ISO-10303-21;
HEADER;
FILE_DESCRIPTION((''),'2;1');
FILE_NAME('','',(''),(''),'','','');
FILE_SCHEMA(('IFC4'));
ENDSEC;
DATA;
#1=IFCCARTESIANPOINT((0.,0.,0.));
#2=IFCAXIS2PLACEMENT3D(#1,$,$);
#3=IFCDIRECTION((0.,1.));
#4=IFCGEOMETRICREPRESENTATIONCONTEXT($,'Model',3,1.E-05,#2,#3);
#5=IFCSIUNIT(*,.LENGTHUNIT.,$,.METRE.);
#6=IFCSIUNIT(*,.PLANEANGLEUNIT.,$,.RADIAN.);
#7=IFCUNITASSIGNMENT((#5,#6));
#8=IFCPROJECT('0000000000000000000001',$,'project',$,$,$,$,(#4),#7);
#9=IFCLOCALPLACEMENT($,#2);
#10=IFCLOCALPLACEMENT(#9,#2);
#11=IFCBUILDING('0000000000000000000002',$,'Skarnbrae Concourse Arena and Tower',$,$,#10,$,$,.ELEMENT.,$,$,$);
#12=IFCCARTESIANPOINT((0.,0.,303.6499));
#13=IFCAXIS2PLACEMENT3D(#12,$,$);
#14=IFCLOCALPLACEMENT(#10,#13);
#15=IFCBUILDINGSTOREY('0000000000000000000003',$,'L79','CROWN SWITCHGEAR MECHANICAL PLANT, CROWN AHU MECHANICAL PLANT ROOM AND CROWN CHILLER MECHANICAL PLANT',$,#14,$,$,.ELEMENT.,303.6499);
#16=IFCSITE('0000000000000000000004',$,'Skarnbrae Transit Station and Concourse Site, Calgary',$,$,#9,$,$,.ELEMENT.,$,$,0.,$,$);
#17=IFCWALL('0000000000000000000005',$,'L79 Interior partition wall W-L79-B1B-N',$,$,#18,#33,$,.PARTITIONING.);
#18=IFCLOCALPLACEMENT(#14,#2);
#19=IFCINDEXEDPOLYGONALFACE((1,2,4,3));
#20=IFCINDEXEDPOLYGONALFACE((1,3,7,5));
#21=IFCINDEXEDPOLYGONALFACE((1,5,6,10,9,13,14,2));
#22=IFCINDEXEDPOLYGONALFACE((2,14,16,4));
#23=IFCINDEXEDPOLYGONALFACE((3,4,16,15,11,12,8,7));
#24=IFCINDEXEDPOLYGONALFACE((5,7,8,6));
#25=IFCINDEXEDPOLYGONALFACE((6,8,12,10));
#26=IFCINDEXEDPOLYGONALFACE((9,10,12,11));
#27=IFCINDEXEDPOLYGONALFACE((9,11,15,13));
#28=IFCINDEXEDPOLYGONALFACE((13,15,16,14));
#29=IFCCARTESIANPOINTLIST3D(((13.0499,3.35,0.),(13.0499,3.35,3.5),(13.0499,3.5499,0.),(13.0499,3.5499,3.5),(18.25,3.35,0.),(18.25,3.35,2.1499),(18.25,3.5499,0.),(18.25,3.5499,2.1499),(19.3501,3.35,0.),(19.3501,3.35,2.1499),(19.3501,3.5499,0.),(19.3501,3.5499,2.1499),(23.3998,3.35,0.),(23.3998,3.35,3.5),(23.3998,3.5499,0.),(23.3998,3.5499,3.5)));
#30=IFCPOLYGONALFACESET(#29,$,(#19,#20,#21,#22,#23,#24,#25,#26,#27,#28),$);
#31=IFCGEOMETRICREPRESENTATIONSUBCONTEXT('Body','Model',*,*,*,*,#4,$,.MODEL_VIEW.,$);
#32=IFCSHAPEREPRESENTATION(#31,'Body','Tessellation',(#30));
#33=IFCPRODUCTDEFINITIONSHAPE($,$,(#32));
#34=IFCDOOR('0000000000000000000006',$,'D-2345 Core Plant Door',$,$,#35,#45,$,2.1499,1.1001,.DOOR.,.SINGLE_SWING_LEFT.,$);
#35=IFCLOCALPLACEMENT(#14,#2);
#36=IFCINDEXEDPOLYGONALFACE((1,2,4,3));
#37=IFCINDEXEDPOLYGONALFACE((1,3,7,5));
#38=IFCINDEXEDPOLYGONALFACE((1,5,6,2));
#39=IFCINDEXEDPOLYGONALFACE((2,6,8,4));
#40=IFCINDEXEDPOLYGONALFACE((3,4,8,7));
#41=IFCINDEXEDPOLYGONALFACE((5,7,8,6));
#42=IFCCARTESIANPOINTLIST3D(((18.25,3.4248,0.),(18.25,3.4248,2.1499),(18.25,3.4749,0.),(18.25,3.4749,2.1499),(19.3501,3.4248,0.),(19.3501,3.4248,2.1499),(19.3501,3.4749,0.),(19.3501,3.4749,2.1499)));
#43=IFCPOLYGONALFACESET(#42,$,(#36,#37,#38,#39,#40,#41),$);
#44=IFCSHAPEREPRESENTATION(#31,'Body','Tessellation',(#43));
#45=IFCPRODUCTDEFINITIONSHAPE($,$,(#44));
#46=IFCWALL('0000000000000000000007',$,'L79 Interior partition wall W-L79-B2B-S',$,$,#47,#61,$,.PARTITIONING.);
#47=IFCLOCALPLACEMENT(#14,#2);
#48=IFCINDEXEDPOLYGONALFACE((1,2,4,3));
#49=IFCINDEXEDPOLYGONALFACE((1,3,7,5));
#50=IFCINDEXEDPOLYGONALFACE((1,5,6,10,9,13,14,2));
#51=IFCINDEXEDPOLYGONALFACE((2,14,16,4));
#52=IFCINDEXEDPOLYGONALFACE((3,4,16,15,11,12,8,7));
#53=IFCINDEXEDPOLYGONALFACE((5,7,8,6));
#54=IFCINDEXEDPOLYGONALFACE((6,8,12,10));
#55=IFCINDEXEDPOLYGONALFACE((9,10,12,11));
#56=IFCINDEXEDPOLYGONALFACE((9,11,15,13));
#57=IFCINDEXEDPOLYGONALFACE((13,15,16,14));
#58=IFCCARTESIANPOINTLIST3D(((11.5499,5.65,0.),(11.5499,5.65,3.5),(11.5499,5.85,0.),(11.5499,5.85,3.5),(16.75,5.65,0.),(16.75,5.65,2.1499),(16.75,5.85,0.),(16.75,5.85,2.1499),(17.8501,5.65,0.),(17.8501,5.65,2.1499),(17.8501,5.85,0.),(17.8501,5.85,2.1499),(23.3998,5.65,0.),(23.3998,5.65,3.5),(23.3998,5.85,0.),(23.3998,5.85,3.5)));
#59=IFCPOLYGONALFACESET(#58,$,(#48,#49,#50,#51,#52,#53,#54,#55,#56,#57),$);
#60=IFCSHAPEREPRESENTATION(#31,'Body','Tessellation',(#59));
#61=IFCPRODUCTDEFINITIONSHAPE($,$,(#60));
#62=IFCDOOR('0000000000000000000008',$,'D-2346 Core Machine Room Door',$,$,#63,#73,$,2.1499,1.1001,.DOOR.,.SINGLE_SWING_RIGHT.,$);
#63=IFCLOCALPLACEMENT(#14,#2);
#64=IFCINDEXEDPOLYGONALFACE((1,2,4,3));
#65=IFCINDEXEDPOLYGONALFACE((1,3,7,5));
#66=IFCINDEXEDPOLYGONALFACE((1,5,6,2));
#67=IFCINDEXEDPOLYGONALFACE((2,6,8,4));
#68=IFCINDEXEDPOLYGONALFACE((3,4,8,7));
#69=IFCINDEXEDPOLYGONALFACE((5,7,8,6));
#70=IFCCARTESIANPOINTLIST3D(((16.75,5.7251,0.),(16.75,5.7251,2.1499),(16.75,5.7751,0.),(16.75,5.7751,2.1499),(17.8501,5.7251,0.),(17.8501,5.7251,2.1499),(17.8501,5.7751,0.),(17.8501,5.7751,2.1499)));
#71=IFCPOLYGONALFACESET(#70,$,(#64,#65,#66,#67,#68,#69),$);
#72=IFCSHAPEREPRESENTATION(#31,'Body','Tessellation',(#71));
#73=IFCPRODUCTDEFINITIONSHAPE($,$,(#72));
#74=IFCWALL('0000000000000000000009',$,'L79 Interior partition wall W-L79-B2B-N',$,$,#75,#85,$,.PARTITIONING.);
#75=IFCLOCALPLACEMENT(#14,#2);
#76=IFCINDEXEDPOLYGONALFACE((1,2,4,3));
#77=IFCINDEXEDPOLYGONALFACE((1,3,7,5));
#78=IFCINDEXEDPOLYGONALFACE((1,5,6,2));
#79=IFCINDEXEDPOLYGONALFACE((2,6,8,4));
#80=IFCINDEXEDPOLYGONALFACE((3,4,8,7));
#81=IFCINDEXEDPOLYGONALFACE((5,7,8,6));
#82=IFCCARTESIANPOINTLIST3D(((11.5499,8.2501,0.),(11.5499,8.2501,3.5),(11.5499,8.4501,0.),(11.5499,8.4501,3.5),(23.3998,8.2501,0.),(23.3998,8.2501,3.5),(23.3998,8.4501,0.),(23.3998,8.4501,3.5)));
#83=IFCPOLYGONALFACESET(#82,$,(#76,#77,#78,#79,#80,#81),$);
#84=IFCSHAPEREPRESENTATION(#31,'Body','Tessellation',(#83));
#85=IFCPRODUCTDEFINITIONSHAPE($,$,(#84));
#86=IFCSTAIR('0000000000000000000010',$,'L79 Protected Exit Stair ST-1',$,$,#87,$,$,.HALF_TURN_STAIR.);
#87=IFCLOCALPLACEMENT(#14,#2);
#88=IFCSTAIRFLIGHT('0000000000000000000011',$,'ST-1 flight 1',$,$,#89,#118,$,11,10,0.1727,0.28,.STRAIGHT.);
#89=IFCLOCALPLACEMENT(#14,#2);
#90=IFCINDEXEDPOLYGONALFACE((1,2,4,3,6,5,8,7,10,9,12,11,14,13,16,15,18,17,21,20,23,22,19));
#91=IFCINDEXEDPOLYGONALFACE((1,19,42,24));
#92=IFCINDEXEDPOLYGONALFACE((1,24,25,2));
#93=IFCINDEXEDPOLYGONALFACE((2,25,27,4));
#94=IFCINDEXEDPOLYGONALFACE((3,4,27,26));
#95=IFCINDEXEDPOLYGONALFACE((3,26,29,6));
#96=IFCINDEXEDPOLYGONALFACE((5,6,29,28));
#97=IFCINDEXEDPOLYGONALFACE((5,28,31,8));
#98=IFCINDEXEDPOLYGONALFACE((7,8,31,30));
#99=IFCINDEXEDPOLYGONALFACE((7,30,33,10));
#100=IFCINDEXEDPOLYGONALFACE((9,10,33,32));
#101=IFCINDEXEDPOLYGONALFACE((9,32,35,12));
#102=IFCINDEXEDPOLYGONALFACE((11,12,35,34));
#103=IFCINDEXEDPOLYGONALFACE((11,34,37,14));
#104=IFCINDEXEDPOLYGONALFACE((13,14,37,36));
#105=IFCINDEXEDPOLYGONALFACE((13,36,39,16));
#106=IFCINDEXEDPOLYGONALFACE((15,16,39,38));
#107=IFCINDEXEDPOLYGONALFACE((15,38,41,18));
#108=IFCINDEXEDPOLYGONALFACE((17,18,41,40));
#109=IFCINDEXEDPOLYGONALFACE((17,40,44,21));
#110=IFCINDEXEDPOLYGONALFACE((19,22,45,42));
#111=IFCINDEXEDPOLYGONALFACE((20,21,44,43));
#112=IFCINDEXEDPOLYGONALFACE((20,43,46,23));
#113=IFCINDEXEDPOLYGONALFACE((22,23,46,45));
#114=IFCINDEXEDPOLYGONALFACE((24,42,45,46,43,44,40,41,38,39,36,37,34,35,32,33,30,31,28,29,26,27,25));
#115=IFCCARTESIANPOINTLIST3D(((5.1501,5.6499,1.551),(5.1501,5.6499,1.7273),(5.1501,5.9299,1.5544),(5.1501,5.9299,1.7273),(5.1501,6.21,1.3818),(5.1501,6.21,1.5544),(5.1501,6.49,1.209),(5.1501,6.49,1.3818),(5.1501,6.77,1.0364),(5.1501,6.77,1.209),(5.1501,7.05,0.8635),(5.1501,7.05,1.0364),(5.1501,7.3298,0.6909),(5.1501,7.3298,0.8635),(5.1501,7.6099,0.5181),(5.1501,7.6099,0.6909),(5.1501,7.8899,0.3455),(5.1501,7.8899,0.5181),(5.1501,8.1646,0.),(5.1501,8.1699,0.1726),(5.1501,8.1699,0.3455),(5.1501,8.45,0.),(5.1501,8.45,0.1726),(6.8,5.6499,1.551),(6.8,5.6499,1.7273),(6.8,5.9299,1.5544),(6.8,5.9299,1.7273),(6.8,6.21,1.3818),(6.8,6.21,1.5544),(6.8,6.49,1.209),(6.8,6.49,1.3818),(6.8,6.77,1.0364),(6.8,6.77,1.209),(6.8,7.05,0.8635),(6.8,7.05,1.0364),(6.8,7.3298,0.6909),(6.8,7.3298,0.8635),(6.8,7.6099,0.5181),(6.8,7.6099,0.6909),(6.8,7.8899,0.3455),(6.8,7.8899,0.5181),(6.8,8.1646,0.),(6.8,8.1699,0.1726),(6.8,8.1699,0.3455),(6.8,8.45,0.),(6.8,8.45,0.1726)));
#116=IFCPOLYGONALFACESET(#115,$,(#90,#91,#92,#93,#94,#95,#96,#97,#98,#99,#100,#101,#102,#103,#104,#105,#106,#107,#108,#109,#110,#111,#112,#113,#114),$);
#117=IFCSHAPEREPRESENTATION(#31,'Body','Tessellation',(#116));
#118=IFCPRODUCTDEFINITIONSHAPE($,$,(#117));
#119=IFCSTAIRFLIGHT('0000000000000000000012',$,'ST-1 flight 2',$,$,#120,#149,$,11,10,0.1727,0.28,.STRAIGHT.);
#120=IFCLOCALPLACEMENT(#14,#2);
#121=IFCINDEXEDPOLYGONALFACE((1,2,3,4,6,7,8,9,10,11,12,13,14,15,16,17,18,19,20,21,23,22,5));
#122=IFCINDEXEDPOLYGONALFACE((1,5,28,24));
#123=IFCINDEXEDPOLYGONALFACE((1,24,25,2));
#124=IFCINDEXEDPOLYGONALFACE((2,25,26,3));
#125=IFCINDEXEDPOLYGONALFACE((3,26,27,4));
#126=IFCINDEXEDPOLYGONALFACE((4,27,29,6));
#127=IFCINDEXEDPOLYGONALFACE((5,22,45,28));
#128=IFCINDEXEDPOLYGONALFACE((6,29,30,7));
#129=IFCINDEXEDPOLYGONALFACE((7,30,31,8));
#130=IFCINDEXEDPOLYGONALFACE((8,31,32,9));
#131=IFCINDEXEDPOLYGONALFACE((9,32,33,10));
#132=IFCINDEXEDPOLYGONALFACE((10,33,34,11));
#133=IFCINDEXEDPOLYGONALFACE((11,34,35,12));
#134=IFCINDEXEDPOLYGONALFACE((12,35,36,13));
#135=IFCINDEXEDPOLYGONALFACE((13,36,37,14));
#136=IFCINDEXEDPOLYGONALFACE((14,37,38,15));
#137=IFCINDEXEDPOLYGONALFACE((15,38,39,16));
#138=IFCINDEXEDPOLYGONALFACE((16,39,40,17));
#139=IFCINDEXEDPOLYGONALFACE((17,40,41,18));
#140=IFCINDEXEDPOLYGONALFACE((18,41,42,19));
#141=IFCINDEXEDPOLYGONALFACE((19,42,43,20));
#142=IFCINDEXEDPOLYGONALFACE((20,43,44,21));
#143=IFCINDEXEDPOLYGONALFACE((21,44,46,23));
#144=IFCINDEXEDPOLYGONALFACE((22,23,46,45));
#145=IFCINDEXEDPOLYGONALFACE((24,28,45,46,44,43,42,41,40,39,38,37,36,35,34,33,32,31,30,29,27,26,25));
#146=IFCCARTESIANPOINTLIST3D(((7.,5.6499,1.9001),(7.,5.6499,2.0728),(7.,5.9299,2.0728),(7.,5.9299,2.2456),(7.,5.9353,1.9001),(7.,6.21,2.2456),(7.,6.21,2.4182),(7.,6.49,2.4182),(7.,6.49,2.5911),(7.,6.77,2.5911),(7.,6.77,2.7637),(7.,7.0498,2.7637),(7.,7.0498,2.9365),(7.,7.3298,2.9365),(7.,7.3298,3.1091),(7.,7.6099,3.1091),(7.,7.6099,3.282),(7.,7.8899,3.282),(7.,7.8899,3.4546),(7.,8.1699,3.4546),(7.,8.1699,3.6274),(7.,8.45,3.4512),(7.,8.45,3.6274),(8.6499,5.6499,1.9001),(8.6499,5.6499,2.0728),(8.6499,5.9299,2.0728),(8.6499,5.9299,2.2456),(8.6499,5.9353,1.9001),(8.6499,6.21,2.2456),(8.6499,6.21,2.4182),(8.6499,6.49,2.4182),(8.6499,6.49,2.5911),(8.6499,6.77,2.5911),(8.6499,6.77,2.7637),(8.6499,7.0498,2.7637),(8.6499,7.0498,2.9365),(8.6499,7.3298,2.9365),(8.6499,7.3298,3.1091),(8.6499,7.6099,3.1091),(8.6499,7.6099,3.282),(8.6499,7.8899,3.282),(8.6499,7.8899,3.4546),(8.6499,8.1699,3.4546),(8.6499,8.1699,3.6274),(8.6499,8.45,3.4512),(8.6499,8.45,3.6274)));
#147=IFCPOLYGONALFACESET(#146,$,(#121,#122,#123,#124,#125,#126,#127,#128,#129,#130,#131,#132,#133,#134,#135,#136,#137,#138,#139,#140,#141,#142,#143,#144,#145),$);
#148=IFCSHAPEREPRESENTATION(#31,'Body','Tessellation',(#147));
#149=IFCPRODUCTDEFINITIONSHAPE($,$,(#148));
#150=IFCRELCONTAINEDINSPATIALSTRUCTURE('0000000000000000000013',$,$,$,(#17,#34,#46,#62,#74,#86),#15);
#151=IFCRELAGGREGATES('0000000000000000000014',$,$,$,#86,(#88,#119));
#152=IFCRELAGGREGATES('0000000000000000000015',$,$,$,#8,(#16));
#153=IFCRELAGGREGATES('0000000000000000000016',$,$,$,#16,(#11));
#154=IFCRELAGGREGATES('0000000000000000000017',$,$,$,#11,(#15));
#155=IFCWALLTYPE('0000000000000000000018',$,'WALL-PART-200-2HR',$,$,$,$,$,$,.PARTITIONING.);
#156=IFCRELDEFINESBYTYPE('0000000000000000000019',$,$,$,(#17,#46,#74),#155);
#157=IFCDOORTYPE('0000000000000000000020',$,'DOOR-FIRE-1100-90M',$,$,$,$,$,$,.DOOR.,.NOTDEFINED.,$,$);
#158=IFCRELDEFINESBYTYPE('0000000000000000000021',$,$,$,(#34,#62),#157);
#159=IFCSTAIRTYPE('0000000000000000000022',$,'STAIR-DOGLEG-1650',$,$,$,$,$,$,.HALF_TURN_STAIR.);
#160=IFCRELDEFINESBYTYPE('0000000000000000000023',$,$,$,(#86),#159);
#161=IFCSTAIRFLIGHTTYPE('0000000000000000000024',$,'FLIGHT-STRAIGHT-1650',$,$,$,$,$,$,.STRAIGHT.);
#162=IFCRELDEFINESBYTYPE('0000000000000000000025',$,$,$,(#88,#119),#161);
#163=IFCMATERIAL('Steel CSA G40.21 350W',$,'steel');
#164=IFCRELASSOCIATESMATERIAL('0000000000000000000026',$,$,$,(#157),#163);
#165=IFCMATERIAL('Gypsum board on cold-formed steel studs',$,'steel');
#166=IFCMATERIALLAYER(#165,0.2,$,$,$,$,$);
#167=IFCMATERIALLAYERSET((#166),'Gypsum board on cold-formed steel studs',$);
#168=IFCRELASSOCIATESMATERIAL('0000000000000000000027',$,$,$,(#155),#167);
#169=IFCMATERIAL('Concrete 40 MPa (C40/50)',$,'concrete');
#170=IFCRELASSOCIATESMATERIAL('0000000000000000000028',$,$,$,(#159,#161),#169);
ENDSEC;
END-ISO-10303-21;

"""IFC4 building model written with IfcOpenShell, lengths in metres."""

from ifc_helpers import new_model, si_unit, direction, frame, frame_2d, origin, place, context, subcontext, project, spatial, polyline, rectangle, outline, extrude, source, transform, mapped, material, layer, layer_set, type_object, element, fill, aggregate, save


model = new_model("IFC4")

# Units and contexts
model_context = context("Model", 3, precision=1e-05, world=origin(), true_north=direction((0.0, 1.0)))
body_context = subcontext(model_context, "Body", "Model", "MODEL_VIEW")
ifc_project = project(units=[si_unit("LENGTHUNIT", "METRE"), si_unit("PLANEANGLEUNIT", "RADIAN")], contexts=[model_context])

# Site, building, storey
site_placement = place(None, origin())
site = spatial("IfcSite", under=ifc_project, at=site_placement, Name="Skarnbrae Transit Station and Concourse Site, Calgary", CompositionType="ELEMENT", RefElevation=0.0)
building_placement = place(site_placement, origin())
building = spatial("IfcBuilding", under=site, at=building_placement, Name="Skarnbrae Concourse Arena and Tower", CompositionType="ELEMENT")
storey_placement = place(building_placement, frame((0.0, 0.0, 303.6499)))
storey = spatial("IfcBuildingStorey", under=building, at=storey_placement, Name="L79", Description="CROWN SWITCHGEAR MECHANICAL PLANT, CROWN AHU MECHANICAL PLANT ROOM AND CROWN CHILLER MECHANICAL PLANT", CompositionType="ELEMENT", Elevation=303.6499)

# Shared definitions
ifc_material_1 = material(Name="Steel CSA G40.21 350W", Category="steel")

# Shared definitions
door_type_1 = type_object("IfcDoorType", Name="DOOR-FIRE-1100-90M", OperationType="NOTDEFINED", PredefinedType="DOOR", material=ifc_material_1)
shared_shape_1 = source(origin(), body_context, "Body", "SweptSolid", [
    extrude(rectangle(XDim=1.1001, YDim=2.1499, at=frame_2d((0.55, 1.075))), frame((0.0, 0.0249, 0.0), z_axis=(0.0, -1.0, 0.0), x_axis=(1.0, 0.0, 0.0)), (0.0, 0.0, 1.0), 0.05),
])

# Shared definitions
ifc_material_2 = material(Name="Gypsum board on cold-formed steel studs", Category="steel")
ifc_layer_1 = layer(ifc_material_2, 0.2)
ifc_layer_set_1 = layer_set([ifc_layer_1], Name="Gypsum board on cold-formed steel studs")
wall_type_1 = type_object("IfcWallType", Name="WALL-PART-200-2HR", PredefinedType="PARTITIONING", material=ifc_layer_set_1)

# Walls, openings, doors
shared_shape_2 = source(origin(), body_context, "Body", "SweptSolid", [
    extrude(rectangle(XDim=10.3499, YDim=0.2, at=frame_2d((5.1748, 0.0))), origin(), (0.0, 0.0, 1.0), 3.5),
])
wall_1_placement = place(storey_placement, frame((13.05, 3.45, 0.0), z_axis=(0.0, 0.0, 1.0), x_axis=(1.0, 0.0, 0.0)))
wall_1 = element("IfcWall", 1, at=wall_1_placement, inside=storey, type_object=wall_type_1, Name="L79 Interior partition wall W-L79-B1B-N", PredefinedType="PARTITIONING", context=body_context, shape_type="MappedRepresentation", body=[
    mapped(shared_shape_2, transform((0.0, 0.0, 0.0))),
])
opening_1_placement = place(wall_1_placement, frame((5.2, 0.0, 0.0)))
opening_1 = element("IfcOpeningElement", 2, at=opening_1_placement, cuts=wall_1, PredefinedType="OPENING", context=body_context, shape_type="SweptSolid", body=[
    extrude(rectangle(XDim=1.1001, YDim=2.1499, at=frame_2d((0.55, 1.075))), frame((0.0, 0.1099, 0.0), z_axis=(0.0, -1.0, 0.0), x_axis=(1.0, 0.0, 0.0)), (0.0, 0.0, 1.0), 0.22),
])
door_1_placement = place(opening_1_placement, origin())
door_1 = element("IfcDoor", 3, at=door_1_placement, inside=storey, type_object=door_type_1, Name="D-2345 Core Plant Door", OperationType="SINGLE_SWING_LEFT", OverallHeight=2.1499, OverallWidth=1.1001, PredefinedType="DOOR", context=body_context, shape_type="MappedRepresentation", body=[
    mapped(shared_shape_1, transform((0.0, 0.0, 0.0))),
])
fill(opening_1, door_1)
shared_shape_3 = source(origin(), body_context, "Body", "SweptSolid", [
    extrude(rectangle(XDim=11.8499, YDim=0.2, at=frame_2d((5.9248, 0.0))), origin(), (0.0, 0.0, 1.0), 3.5),
])
wall_2_placement = place(storey_placement, frame((11.55, 5.75, 0.0), z_axis=(0.0, 0.0, 1.0), x_axis=(1.0, 0.0, 0.0)))
wall_2 = element("IfcWall", 4, at=wall_2_placement, inside=storey, type_object=wall_type_1, Name="L79 Interior partition wall W-L79-B2B-S", PredefinedType="PARTITIONING", context=body_context, shape_type="MappedRepresentation", body=[
    mapped(shared_shape_3, transform((0.0, 0.0, 0.0))),
])
opening_2_placement = place(wall_2_placement, frame((5.2, 0.0, 0.0)))
opening_2 = element("IfcOpeningElement", 5, at=opening_2_placement, cuts=wall_2, PredefinedType="OPENING", context=body_context, shape_type="SweptSolid", body=[
    extrude(rectangle(XDim=1.1001, YDim=2.1499, at=frame_2d((0.55, 1.075))), frame((0.0, 0.1099, 0.0), z_axis=(0.0, -1.0, 0.0), x_axis=(1.0, 0.0, 0.0)), (0.0, 0.0, 1.0), 0.22),
])
door_2_placement = place(opening_2_placement, frame((1.1001, 0.0, 0.0), z_axis=(0.0, 0.0, 1.0), x_axis=(-1.0, 0.0, 0.0)))
door_2 = element("IfcDoor", 6, at=door_2_placement, inside=storey, type_object=door_type_1, Name="D-2346 Core Machine Room Door", OperationType="SINGLE_SWING_RIGHT", OverallHeight=2.1499, OverallWidth=1.1001, PredefinedType="DOOR", context=body_context, shape_type="MappedRepresentation", body=[
    mapped(shared_shape_1, transform((0.0, 0.0, 0.0))),
])
fill(opening_2, door_2)

# Wall
wall_3_placement = place(storey_placement, frame((11.55, 8.3501, 0.0), z_axis=(0.0, 0.0, 1.0), x_axis=(1.0, 0.0, 0.0)))
element("IfcWall", 7, at=wall_3_placement, inside=storey, type_object=wall_type_1, Name="L79 Interior partition wall W-L79-B2B-N", PredefinedType="PARTITIONING", context=body_context, shape_type="MappedRepresentation", body=[
    mapped(shared_shape_3, transform((0.0, 0.0, 0.0))),
])

# Stair, stair flights
ifc_material_3 = material(Name="Concrete 40 MPa (C40/50)", Category="concrete")
stair_type = type_object("IfcStairType", Name="STAIR-DOGLEG-1650", PredefinedType="HALF_TURN_STAIR", material=ifc_material_3)
stair_placement = place(storey_placement, origin())
stair = element("IfcStair", 8, at=stair_placement, inside=storey, type_object=stair_type, Name="L79 Protected Exit Stair ST-1", PredefinedType="HALF_TURN_STAIR")
stair_flight_type = type_object("IfcStairFlightType", Name="FLIGHT-STRAIGHT-1650", PredefinedType="STRAIGHT", material=ifc_material_3)
shared_shape_4 = source(origin(), body_context, "Body", "SweptSolid", [
    extrude(outline(polyline([(0.0, 0.0), (0.0, 0.1726), (0.28, 0.1726), (0.28, 0.3455), (0.5601, 0.3455), (0.5601, 0.5181), (0.8401, 0.5181), (0.8401, 0.6909), (1.1201, 0.6909), (1.1201, 0.8635), (1.3999, 0.8635), (1.3999, 1.0364), (1.6799, 1.0364), (1.6799, 1.209), (1.96, 1.209), (1.96, 1.3818), (2.24, 1.3818), (2.24, 1.5544), (2.52, 1.5544), (2.52, 1.7273), (2.8, 1.7273), (2.8, 1.8999), (2.8, 1.551), (0.2854, 0.0), (0.0, 0.0)])), frame((0.0, 0.825, 0.0), z_axis=(0.0, -1.0, 0.0), x_axis=(1.0, 0.0, 0.0)), (0.0, 0.0, 1.0), 1.6499),
])
stair_flight_1_placement = place(storey_placement, frame((5.9751, 8.45, 0.0), z_axis=(0.0, 0.0, 1.0), x_axis=(0.0, -1.0, 0.0)))
stair_flight_1 = element("IfcStairFlight", 9, at=stair_flight_1_placement, type_object=stair_flight_type, Name="ST-1 flight 1", NumberOfRisers=11, NumberOfTreads=10, PredefinedType="STRAIGHT", RiserHeight=0.1727, TreadLength=0.28, context=body_context, shape_type="MappedRepresentation", body=[
    mapped(shared_shape_4, transform((0.0, 0.0, 0.0))),
])
stair_flight_2_placement = place(storey_placement, frame((7.825, 5.6499, 1.9001), z_axis=(0.0, 0.0, 1.0), x_axis=(0.0, 1.0, 0.0)))
stair_flight_2 = element("IfcStairFlight", 10, at=stair_flight_2_placement, type_object=stair_flight_type, Name="ST-1 flight 2", NumberOfRisers=11, NumberOfTreads=10, PredefinedType="STRAIGHT", RiserHeight=0.1727, TreadLength=0.28, context=body_context, shape_type="MappedRepresentation", body=[
    mapped(shared_shape_4, transform((0.0, 0.0, 0.0))),
])
aggregate(stair, [stair_flight_1, stair_flight_2])

save(model, "model.ifc")
